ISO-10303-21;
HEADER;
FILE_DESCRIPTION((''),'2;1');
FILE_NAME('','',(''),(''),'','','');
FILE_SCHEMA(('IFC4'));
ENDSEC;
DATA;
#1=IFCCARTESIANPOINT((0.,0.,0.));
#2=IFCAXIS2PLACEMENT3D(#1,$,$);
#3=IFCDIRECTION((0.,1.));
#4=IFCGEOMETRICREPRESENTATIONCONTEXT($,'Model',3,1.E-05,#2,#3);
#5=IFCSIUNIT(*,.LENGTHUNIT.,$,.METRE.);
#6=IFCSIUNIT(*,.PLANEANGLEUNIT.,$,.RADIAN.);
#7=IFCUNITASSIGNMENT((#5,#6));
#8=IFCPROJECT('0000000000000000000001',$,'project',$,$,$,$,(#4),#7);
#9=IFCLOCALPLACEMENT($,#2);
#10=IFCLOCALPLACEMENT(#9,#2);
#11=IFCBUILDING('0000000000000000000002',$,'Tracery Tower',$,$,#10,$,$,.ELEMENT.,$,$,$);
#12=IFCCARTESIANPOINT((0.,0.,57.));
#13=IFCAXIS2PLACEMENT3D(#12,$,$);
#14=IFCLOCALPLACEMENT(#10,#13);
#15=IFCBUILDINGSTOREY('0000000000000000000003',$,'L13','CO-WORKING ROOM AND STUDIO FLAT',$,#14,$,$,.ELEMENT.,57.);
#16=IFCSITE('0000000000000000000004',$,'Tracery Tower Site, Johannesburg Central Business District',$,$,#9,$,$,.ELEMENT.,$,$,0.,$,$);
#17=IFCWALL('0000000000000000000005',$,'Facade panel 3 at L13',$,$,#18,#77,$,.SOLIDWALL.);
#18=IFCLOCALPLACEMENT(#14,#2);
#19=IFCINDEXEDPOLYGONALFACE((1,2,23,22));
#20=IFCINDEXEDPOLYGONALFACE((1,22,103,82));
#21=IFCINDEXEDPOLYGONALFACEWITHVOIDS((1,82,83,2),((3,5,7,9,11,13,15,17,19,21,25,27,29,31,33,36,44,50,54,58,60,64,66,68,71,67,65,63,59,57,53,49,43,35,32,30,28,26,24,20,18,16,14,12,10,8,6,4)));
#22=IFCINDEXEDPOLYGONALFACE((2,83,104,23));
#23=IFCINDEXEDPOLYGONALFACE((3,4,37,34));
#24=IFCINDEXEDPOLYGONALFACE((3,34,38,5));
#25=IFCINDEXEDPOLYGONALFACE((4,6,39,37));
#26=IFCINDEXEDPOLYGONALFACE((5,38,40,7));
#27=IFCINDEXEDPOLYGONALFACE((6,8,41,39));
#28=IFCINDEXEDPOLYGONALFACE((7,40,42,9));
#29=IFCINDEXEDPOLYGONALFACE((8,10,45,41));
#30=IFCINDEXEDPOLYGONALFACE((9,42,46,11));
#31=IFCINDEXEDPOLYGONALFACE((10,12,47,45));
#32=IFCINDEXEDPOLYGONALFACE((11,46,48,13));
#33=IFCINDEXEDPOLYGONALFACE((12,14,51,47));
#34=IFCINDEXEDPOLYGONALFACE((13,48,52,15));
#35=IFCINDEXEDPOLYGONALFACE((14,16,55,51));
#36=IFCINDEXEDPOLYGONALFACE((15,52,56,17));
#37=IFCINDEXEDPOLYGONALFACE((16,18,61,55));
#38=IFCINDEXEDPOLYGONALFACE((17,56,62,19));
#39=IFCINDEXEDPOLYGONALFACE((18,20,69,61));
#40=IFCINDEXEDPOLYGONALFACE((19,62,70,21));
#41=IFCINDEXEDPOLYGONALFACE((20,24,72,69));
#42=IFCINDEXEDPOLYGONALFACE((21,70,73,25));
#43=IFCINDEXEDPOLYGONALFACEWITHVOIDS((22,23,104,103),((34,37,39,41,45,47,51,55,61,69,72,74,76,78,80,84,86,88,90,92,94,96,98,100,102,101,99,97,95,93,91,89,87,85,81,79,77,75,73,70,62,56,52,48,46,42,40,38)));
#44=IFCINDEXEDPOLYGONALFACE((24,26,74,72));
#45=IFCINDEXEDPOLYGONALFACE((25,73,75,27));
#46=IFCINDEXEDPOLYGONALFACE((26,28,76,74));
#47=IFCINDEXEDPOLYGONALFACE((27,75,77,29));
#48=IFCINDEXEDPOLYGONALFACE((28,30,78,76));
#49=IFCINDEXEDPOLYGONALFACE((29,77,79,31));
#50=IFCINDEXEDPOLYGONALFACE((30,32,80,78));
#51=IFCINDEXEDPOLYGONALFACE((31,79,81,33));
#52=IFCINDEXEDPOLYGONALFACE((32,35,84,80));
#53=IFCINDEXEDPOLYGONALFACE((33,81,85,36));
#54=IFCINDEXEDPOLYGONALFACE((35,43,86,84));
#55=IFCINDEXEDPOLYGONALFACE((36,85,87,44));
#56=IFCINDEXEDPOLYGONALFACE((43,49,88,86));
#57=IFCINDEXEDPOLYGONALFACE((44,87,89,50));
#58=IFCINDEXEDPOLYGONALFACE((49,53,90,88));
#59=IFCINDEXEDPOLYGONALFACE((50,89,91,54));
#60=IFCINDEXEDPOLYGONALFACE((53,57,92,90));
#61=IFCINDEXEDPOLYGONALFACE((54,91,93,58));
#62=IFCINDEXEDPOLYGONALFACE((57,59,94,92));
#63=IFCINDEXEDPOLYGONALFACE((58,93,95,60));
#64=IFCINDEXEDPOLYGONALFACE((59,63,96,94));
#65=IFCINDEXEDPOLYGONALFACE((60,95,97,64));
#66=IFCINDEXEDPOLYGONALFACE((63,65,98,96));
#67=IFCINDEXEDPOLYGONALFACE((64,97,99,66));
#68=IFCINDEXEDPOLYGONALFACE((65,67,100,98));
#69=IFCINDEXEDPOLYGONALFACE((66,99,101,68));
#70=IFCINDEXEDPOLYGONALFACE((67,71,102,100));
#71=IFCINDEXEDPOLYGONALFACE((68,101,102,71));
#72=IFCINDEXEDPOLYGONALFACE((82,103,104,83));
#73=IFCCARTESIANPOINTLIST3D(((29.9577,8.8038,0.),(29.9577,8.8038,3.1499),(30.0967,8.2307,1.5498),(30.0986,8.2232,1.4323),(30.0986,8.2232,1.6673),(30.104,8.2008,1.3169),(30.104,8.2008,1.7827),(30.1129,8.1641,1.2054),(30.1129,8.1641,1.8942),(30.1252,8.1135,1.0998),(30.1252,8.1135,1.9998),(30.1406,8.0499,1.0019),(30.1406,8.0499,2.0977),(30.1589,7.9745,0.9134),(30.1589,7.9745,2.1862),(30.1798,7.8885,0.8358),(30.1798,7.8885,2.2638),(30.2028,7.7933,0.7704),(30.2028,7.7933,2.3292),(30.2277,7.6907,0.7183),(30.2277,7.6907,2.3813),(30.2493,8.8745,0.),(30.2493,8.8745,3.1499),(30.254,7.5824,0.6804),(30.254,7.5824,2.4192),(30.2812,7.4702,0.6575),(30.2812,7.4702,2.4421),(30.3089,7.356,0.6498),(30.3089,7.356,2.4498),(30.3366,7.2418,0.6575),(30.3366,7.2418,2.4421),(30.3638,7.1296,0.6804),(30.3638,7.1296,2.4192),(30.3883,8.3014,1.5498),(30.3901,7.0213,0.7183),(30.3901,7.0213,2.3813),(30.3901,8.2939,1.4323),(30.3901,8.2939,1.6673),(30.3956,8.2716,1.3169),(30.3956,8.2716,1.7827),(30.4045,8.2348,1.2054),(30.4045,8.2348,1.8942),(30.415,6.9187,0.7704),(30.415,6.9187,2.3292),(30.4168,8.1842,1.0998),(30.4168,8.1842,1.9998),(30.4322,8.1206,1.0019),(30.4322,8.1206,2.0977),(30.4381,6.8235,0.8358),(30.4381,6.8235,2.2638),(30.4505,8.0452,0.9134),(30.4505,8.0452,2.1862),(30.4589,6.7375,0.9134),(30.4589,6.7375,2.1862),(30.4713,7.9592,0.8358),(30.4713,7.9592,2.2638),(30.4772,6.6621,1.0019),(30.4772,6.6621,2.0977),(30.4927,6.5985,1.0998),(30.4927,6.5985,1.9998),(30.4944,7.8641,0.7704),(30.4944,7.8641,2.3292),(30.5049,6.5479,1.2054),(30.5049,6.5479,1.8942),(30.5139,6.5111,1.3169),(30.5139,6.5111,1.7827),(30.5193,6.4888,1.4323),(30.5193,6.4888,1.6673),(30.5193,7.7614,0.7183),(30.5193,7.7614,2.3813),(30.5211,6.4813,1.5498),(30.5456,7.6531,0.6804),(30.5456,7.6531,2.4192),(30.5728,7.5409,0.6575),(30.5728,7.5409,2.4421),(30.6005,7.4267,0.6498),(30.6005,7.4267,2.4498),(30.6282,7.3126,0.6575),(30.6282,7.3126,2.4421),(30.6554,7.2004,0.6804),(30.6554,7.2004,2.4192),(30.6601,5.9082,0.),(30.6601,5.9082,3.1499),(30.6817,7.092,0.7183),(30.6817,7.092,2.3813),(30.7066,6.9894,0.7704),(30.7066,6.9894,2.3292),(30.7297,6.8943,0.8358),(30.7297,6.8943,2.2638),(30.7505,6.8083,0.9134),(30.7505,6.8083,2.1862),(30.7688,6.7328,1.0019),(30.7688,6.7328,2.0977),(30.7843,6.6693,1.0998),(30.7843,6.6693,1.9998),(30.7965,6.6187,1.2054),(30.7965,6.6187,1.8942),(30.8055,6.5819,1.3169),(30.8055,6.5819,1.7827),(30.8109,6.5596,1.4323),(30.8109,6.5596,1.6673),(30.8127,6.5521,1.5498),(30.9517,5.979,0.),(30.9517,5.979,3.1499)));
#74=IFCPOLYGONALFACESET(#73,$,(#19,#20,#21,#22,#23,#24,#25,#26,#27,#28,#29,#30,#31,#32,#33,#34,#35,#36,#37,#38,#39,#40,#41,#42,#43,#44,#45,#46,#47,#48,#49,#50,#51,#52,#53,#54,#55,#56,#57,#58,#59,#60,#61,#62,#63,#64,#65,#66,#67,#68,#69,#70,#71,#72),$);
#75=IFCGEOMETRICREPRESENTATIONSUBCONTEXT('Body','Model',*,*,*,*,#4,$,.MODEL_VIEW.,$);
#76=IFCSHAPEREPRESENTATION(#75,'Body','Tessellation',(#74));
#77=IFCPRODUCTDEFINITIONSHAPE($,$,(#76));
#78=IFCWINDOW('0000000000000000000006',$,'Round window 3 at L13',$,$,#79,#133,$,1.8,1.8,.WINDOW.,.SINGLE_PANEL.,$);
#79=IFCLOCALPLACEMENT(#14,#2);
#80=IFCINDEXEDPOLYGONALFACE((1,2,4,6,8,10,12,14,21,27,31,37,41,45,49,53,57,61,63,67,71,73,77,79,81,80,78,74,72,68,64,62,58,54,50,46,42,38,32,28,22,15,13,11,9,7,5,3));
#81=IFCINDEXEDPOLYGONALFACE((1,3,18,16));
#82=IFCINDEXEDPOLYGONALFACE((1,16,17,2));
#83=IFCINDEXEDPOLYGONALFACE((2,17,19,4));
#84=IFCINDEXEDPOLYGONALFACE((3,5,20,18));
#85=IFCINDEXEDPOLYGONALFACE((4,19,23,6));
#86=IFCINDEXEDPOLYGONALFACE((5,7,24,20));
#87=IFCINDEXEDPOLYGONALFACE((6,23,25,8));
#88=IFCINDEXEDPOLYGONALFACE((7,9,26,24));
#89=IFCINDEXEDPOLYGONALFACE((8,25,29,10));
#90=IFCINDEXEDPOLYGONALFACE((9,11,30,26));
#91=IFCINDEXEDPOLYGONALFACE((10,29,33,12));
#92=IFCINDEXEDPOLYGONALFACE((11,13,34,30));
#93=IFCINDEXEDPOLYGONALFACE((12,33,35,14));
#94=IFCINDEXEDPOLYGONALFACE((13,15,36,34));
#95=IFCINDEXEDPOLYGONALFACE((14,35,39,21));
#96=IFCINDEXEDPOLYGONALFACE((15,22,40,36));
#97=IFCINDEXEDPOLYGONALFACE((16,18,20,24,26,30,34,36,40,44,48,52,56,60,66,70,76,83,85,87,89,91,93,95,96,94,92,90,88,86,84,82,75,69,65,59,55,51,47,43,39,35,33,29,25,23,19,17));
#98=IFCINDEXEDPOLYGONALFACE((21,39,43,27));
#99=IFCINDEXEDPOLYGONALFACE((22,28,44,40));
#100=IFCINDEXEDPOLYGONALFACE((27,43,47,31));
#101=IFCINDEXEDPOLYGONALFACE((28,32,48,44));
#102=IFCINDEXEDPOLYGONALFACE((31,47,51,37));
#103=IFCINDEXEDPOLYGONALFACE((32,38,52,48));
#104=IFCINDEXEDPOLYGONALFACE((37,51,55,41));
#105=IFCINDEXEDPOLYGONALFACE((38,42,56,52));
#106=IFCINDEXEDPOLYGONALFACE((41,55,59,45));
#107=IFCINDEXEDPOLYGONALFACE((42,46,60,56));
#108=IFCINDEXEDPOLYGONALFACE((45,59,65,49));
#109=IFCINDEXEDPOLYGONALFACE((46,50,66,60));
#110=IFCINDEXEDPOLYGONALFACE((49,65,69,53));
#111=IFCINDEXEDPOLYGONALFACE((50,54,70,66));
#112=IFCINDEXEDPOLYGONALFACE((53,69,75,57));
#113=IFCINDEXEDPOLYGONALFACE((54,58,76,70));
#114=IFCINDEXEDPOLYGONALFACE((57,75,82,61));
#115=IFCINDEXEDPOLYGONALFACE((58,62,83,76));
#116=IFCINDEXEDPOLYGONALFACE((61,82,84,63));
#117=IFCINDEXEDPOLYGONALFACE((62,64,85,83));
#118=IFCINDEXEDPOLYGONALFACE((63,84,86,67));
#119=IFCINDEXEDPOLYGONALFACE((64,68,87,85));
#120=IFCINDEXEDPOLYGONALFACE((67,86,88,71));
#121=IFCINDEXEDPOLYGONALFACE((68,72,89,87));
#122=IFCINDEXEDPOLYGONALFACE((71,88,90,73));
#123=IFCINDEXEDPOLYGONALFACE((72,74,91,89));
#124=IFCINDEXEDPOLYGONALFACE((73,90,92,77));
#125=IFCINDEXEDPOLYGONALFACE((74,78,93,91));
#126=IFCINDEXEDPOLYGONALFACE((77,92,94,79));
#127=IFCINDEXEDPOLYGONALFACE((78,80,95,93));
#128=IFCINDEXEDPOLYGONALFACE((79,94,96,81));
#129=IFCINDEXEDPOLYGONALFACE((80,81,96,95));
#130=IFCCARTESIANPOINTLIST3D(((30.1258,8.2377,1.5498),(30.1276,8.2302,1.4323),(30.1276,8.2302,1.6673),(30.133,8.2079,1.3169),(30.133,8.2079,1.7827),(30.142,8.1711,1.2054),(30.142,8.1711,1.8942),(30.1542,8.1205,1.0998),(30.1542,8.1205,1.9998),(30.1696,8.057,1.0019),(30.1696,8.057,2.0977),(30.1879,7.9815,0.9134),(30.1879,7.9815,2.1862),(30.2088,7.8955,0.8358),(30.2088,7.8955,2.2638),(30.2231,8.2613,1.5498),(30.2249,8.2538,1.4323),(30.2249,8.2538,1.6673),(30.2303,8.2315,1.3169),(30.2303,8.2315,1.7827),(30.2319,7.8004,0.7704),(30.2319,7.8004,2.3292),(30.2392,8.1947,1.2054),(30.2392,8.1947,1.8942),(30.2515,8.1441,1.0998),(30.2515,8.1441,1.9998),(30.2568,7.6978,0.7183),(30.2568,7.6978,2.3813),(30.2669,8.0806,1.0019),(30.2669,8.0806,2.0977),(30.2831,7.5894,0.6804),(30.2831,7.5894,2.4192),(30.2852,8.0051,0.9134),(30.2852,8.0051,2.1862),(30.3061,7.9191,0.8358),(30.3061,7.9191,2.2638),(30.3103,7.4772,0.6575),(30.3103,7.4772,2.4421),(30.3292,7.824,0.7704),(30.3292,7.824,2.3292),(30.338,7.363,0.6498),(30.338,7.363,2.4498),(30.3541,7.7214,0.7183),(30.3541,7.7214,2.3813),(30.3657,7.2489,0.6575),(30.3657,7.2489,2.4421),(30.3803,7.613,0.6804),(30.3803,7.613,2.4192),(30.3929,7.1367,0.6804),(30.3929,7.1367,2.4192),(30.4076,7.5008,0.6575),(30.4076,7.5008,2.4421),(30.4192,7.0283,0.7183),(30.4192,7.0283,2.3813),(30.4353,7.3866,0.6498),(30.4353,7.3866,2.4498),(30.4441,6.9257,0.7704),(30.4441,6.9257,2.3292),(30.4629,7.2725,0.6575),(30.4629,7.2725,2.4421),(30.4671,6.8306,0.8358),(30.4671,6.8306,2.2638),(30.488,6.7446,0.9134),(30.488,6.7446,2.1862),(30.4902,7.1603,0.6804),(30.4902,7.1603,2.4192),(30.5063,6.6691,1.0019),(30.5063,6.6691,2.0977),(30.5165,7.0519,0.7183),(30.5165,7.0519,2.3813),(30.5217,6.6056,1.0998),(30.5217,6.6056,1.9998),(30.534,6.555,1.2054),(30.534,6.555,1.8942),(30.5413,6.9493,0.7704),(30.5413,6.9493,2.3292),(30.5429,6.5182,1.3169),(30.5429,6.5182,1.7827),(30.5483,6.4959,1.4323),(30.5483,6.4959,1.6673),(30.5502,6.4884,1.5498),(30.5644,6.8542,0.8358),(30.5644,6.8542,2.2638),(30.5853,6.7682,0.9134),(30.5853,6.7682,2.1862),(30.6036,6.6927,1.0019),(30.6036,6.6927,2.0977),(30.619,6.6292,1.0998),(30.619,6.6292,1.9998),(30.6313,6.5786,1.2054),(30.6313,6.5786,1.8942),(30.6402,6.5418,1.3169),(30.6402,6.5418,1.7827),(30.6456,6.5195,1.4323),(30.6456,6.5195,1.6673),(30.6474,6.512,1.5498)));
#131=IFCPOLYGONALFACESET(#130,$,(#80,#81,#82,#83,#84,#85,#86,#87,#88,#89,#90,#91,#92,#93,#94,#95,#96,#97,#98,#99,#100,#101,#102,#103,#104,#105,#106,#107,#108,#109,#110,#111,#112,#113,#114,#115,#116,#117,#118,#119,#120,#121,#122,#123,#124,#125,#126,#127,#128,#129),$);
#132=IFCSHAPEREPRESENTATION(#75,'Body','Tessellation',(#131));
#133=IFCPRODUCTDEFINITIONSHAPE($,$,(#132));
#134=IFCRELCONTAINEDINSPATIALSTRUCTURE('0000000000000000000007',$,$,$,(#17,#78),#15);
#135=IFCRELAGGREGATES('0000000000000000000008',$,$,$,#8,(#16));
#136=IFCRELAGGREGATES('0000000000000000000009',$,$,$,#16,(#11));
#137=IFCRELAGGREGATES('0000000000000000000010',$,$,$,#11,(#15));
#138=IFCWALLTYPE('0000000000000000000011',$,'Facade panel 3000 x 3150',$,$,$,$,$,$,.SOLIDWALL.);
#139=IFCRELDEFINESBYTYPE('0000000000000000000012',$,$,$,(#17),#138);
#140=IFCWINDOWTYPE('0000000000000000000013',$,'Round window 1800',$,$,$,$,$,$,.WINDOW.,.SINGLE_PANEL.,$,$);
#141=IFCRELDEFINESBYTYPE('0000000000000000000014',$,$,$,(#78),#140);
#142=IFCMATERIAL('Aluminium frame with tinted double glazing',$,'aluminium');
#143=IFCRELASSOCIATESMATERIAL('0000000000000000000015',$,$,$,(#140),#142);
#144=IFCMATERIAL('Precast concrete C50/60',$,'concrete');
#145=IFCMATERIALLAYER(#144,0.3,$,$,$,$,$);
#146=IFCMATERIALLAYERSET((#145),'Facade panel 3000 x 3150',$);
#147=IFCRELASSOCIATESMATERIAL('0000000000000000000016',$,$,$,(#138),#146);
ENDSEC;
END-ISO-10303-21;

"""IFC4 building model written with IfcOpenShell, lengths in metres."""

from ifc_helpers import new_model, si_unit, direction, frame, frame_2d, origin, origin_2d, place, context, subcontext, project, spatial, rectangle, circle, extrude, material, layer, layer_set, type_object, element, fill, save


model = new_model("IFC4")

# Units and contexts
model_context = context("Model", 3, precision=1e-05, world=origin(), true_north=direction((0.0, 1.0)))
body_context = subcontext(model_context, "Body", "Model", "MODEL_VIEW")
ifc_project = project(units=[si_unit("LENGTHUNIT", "METRE"), si_unit("PLANEANGLEUNIT", "RADIAN")], contexts=[model_context])

# Site, building, storey
site_placement = place(None, origin())
site = spatial("IfcSite", under=ifc_project, at=site_placement, Name="Tracery Tower Site, Johannesburg Central Business District", CompositionType="ELEMENT", RefElevation=0.0)
building_placement = place(site_placement, origin())
building = spatial("IfcBuilding", under=site, at=building_placement, Name="Tracery Tower", CompositionType="ELEMENT")
storey_placement = place(building_placement, frame((0.0, 0.0, 57.0)))
storey = spatial("IfcBuildingStorey", under=building, at=storey_placement, Name="L13", Description="CO-WORKING ROOM AND STUDIO FLAT", CompositionType="ELEMENT", Elevation=57.0)

# Wall, opening, window
ifc_material_1 = material(Name="Aluminium frame with tinted double glazing", Category="aluminium")
window_type = type_object("IfcWindowType", Name="Round window 1800", PartitioningType="SINGLE_PANEL", PredefinedType="WINDOW", material=ifc_material_1)
ifc_material_2 = material(Name="Precast concrete C50/60", Category="concrete")
ifc_layer_1 = layer(ifc_material_2, 0.3)
ifc_layer_set_1 = layer_set([ifc_layer_1], Name="Facade panel 3000 x 3150")
wall_type_1 = type_object("IfcWallType", Name="Facade panel 3000 x 3150", PredefinedType="SOLIDWALL", material=ifc_layer_set_1)
wall_1_placement = place(storey_placement, frame((30.8059, 5.9436, 0.0), z_axis=(0.0, 0.0, 1.0), x_axis=(-0.235743, 0.971815, 0.0)))
wall_1 = element("IfcWall", 1, at=wall_1_placement, inside=storey, type_object=wall_type_1, Name="Facade panel 3 at L13", PredefinedType="SOLIDWALL", context=body_context, shape_type="SweptSolid", body=[
    extrude(rectangle(XDim=2.9795, YDim=0.3, at=frame_2d((1.4897, 0.0))), origin(), (0.0, 0.0, 1.0), 3.1499),
])
opening_1_placement = place(wall_1_placement, frame((1.4897, 0.0, 1.5498)))
opening_1 = element("IfcOpeningElement", 2, at=opening_1_placement, cuts=wall_1, PredefinedType="OPENING", context=body_context, shape_type="SweptSolid", body=[
    extrude(circle(Radius=0.9, at=origin_2d()), frame((0.0, 0.1599, 0.0), z_axis=(0.0, -1.0, 0.0), x_axis=(1.0, 0.0, 0.0)), (0.0, 0.0, 1.0), 0.3201),
])
window_1_placement = place(opening_1_placement, origin())
window_1 = element("IfcWindow", 3, at=window_1_placement, inside=storey, type_object=window_type, Name="Round window 3 at L13", OverallHeight=1.8, OverallWidth=1.8, PartitioningType="SINGLE_PANEL", PredefinedType="WINDOW", context=body_context, shape_type="SweptSolid", body=[
    extrude(circle(Radius=0.9, at=origin_2d()), frame((0.0, 0.1201, 0.0), z_axis=(0.0, -1.0, 0.0), x_axis=(1.0, 0.0, 0.0)), (0.0, 0.0, 1.0), 0.1001),
])
fill(opening_1, window_1)

save(model, "model.ifc")
